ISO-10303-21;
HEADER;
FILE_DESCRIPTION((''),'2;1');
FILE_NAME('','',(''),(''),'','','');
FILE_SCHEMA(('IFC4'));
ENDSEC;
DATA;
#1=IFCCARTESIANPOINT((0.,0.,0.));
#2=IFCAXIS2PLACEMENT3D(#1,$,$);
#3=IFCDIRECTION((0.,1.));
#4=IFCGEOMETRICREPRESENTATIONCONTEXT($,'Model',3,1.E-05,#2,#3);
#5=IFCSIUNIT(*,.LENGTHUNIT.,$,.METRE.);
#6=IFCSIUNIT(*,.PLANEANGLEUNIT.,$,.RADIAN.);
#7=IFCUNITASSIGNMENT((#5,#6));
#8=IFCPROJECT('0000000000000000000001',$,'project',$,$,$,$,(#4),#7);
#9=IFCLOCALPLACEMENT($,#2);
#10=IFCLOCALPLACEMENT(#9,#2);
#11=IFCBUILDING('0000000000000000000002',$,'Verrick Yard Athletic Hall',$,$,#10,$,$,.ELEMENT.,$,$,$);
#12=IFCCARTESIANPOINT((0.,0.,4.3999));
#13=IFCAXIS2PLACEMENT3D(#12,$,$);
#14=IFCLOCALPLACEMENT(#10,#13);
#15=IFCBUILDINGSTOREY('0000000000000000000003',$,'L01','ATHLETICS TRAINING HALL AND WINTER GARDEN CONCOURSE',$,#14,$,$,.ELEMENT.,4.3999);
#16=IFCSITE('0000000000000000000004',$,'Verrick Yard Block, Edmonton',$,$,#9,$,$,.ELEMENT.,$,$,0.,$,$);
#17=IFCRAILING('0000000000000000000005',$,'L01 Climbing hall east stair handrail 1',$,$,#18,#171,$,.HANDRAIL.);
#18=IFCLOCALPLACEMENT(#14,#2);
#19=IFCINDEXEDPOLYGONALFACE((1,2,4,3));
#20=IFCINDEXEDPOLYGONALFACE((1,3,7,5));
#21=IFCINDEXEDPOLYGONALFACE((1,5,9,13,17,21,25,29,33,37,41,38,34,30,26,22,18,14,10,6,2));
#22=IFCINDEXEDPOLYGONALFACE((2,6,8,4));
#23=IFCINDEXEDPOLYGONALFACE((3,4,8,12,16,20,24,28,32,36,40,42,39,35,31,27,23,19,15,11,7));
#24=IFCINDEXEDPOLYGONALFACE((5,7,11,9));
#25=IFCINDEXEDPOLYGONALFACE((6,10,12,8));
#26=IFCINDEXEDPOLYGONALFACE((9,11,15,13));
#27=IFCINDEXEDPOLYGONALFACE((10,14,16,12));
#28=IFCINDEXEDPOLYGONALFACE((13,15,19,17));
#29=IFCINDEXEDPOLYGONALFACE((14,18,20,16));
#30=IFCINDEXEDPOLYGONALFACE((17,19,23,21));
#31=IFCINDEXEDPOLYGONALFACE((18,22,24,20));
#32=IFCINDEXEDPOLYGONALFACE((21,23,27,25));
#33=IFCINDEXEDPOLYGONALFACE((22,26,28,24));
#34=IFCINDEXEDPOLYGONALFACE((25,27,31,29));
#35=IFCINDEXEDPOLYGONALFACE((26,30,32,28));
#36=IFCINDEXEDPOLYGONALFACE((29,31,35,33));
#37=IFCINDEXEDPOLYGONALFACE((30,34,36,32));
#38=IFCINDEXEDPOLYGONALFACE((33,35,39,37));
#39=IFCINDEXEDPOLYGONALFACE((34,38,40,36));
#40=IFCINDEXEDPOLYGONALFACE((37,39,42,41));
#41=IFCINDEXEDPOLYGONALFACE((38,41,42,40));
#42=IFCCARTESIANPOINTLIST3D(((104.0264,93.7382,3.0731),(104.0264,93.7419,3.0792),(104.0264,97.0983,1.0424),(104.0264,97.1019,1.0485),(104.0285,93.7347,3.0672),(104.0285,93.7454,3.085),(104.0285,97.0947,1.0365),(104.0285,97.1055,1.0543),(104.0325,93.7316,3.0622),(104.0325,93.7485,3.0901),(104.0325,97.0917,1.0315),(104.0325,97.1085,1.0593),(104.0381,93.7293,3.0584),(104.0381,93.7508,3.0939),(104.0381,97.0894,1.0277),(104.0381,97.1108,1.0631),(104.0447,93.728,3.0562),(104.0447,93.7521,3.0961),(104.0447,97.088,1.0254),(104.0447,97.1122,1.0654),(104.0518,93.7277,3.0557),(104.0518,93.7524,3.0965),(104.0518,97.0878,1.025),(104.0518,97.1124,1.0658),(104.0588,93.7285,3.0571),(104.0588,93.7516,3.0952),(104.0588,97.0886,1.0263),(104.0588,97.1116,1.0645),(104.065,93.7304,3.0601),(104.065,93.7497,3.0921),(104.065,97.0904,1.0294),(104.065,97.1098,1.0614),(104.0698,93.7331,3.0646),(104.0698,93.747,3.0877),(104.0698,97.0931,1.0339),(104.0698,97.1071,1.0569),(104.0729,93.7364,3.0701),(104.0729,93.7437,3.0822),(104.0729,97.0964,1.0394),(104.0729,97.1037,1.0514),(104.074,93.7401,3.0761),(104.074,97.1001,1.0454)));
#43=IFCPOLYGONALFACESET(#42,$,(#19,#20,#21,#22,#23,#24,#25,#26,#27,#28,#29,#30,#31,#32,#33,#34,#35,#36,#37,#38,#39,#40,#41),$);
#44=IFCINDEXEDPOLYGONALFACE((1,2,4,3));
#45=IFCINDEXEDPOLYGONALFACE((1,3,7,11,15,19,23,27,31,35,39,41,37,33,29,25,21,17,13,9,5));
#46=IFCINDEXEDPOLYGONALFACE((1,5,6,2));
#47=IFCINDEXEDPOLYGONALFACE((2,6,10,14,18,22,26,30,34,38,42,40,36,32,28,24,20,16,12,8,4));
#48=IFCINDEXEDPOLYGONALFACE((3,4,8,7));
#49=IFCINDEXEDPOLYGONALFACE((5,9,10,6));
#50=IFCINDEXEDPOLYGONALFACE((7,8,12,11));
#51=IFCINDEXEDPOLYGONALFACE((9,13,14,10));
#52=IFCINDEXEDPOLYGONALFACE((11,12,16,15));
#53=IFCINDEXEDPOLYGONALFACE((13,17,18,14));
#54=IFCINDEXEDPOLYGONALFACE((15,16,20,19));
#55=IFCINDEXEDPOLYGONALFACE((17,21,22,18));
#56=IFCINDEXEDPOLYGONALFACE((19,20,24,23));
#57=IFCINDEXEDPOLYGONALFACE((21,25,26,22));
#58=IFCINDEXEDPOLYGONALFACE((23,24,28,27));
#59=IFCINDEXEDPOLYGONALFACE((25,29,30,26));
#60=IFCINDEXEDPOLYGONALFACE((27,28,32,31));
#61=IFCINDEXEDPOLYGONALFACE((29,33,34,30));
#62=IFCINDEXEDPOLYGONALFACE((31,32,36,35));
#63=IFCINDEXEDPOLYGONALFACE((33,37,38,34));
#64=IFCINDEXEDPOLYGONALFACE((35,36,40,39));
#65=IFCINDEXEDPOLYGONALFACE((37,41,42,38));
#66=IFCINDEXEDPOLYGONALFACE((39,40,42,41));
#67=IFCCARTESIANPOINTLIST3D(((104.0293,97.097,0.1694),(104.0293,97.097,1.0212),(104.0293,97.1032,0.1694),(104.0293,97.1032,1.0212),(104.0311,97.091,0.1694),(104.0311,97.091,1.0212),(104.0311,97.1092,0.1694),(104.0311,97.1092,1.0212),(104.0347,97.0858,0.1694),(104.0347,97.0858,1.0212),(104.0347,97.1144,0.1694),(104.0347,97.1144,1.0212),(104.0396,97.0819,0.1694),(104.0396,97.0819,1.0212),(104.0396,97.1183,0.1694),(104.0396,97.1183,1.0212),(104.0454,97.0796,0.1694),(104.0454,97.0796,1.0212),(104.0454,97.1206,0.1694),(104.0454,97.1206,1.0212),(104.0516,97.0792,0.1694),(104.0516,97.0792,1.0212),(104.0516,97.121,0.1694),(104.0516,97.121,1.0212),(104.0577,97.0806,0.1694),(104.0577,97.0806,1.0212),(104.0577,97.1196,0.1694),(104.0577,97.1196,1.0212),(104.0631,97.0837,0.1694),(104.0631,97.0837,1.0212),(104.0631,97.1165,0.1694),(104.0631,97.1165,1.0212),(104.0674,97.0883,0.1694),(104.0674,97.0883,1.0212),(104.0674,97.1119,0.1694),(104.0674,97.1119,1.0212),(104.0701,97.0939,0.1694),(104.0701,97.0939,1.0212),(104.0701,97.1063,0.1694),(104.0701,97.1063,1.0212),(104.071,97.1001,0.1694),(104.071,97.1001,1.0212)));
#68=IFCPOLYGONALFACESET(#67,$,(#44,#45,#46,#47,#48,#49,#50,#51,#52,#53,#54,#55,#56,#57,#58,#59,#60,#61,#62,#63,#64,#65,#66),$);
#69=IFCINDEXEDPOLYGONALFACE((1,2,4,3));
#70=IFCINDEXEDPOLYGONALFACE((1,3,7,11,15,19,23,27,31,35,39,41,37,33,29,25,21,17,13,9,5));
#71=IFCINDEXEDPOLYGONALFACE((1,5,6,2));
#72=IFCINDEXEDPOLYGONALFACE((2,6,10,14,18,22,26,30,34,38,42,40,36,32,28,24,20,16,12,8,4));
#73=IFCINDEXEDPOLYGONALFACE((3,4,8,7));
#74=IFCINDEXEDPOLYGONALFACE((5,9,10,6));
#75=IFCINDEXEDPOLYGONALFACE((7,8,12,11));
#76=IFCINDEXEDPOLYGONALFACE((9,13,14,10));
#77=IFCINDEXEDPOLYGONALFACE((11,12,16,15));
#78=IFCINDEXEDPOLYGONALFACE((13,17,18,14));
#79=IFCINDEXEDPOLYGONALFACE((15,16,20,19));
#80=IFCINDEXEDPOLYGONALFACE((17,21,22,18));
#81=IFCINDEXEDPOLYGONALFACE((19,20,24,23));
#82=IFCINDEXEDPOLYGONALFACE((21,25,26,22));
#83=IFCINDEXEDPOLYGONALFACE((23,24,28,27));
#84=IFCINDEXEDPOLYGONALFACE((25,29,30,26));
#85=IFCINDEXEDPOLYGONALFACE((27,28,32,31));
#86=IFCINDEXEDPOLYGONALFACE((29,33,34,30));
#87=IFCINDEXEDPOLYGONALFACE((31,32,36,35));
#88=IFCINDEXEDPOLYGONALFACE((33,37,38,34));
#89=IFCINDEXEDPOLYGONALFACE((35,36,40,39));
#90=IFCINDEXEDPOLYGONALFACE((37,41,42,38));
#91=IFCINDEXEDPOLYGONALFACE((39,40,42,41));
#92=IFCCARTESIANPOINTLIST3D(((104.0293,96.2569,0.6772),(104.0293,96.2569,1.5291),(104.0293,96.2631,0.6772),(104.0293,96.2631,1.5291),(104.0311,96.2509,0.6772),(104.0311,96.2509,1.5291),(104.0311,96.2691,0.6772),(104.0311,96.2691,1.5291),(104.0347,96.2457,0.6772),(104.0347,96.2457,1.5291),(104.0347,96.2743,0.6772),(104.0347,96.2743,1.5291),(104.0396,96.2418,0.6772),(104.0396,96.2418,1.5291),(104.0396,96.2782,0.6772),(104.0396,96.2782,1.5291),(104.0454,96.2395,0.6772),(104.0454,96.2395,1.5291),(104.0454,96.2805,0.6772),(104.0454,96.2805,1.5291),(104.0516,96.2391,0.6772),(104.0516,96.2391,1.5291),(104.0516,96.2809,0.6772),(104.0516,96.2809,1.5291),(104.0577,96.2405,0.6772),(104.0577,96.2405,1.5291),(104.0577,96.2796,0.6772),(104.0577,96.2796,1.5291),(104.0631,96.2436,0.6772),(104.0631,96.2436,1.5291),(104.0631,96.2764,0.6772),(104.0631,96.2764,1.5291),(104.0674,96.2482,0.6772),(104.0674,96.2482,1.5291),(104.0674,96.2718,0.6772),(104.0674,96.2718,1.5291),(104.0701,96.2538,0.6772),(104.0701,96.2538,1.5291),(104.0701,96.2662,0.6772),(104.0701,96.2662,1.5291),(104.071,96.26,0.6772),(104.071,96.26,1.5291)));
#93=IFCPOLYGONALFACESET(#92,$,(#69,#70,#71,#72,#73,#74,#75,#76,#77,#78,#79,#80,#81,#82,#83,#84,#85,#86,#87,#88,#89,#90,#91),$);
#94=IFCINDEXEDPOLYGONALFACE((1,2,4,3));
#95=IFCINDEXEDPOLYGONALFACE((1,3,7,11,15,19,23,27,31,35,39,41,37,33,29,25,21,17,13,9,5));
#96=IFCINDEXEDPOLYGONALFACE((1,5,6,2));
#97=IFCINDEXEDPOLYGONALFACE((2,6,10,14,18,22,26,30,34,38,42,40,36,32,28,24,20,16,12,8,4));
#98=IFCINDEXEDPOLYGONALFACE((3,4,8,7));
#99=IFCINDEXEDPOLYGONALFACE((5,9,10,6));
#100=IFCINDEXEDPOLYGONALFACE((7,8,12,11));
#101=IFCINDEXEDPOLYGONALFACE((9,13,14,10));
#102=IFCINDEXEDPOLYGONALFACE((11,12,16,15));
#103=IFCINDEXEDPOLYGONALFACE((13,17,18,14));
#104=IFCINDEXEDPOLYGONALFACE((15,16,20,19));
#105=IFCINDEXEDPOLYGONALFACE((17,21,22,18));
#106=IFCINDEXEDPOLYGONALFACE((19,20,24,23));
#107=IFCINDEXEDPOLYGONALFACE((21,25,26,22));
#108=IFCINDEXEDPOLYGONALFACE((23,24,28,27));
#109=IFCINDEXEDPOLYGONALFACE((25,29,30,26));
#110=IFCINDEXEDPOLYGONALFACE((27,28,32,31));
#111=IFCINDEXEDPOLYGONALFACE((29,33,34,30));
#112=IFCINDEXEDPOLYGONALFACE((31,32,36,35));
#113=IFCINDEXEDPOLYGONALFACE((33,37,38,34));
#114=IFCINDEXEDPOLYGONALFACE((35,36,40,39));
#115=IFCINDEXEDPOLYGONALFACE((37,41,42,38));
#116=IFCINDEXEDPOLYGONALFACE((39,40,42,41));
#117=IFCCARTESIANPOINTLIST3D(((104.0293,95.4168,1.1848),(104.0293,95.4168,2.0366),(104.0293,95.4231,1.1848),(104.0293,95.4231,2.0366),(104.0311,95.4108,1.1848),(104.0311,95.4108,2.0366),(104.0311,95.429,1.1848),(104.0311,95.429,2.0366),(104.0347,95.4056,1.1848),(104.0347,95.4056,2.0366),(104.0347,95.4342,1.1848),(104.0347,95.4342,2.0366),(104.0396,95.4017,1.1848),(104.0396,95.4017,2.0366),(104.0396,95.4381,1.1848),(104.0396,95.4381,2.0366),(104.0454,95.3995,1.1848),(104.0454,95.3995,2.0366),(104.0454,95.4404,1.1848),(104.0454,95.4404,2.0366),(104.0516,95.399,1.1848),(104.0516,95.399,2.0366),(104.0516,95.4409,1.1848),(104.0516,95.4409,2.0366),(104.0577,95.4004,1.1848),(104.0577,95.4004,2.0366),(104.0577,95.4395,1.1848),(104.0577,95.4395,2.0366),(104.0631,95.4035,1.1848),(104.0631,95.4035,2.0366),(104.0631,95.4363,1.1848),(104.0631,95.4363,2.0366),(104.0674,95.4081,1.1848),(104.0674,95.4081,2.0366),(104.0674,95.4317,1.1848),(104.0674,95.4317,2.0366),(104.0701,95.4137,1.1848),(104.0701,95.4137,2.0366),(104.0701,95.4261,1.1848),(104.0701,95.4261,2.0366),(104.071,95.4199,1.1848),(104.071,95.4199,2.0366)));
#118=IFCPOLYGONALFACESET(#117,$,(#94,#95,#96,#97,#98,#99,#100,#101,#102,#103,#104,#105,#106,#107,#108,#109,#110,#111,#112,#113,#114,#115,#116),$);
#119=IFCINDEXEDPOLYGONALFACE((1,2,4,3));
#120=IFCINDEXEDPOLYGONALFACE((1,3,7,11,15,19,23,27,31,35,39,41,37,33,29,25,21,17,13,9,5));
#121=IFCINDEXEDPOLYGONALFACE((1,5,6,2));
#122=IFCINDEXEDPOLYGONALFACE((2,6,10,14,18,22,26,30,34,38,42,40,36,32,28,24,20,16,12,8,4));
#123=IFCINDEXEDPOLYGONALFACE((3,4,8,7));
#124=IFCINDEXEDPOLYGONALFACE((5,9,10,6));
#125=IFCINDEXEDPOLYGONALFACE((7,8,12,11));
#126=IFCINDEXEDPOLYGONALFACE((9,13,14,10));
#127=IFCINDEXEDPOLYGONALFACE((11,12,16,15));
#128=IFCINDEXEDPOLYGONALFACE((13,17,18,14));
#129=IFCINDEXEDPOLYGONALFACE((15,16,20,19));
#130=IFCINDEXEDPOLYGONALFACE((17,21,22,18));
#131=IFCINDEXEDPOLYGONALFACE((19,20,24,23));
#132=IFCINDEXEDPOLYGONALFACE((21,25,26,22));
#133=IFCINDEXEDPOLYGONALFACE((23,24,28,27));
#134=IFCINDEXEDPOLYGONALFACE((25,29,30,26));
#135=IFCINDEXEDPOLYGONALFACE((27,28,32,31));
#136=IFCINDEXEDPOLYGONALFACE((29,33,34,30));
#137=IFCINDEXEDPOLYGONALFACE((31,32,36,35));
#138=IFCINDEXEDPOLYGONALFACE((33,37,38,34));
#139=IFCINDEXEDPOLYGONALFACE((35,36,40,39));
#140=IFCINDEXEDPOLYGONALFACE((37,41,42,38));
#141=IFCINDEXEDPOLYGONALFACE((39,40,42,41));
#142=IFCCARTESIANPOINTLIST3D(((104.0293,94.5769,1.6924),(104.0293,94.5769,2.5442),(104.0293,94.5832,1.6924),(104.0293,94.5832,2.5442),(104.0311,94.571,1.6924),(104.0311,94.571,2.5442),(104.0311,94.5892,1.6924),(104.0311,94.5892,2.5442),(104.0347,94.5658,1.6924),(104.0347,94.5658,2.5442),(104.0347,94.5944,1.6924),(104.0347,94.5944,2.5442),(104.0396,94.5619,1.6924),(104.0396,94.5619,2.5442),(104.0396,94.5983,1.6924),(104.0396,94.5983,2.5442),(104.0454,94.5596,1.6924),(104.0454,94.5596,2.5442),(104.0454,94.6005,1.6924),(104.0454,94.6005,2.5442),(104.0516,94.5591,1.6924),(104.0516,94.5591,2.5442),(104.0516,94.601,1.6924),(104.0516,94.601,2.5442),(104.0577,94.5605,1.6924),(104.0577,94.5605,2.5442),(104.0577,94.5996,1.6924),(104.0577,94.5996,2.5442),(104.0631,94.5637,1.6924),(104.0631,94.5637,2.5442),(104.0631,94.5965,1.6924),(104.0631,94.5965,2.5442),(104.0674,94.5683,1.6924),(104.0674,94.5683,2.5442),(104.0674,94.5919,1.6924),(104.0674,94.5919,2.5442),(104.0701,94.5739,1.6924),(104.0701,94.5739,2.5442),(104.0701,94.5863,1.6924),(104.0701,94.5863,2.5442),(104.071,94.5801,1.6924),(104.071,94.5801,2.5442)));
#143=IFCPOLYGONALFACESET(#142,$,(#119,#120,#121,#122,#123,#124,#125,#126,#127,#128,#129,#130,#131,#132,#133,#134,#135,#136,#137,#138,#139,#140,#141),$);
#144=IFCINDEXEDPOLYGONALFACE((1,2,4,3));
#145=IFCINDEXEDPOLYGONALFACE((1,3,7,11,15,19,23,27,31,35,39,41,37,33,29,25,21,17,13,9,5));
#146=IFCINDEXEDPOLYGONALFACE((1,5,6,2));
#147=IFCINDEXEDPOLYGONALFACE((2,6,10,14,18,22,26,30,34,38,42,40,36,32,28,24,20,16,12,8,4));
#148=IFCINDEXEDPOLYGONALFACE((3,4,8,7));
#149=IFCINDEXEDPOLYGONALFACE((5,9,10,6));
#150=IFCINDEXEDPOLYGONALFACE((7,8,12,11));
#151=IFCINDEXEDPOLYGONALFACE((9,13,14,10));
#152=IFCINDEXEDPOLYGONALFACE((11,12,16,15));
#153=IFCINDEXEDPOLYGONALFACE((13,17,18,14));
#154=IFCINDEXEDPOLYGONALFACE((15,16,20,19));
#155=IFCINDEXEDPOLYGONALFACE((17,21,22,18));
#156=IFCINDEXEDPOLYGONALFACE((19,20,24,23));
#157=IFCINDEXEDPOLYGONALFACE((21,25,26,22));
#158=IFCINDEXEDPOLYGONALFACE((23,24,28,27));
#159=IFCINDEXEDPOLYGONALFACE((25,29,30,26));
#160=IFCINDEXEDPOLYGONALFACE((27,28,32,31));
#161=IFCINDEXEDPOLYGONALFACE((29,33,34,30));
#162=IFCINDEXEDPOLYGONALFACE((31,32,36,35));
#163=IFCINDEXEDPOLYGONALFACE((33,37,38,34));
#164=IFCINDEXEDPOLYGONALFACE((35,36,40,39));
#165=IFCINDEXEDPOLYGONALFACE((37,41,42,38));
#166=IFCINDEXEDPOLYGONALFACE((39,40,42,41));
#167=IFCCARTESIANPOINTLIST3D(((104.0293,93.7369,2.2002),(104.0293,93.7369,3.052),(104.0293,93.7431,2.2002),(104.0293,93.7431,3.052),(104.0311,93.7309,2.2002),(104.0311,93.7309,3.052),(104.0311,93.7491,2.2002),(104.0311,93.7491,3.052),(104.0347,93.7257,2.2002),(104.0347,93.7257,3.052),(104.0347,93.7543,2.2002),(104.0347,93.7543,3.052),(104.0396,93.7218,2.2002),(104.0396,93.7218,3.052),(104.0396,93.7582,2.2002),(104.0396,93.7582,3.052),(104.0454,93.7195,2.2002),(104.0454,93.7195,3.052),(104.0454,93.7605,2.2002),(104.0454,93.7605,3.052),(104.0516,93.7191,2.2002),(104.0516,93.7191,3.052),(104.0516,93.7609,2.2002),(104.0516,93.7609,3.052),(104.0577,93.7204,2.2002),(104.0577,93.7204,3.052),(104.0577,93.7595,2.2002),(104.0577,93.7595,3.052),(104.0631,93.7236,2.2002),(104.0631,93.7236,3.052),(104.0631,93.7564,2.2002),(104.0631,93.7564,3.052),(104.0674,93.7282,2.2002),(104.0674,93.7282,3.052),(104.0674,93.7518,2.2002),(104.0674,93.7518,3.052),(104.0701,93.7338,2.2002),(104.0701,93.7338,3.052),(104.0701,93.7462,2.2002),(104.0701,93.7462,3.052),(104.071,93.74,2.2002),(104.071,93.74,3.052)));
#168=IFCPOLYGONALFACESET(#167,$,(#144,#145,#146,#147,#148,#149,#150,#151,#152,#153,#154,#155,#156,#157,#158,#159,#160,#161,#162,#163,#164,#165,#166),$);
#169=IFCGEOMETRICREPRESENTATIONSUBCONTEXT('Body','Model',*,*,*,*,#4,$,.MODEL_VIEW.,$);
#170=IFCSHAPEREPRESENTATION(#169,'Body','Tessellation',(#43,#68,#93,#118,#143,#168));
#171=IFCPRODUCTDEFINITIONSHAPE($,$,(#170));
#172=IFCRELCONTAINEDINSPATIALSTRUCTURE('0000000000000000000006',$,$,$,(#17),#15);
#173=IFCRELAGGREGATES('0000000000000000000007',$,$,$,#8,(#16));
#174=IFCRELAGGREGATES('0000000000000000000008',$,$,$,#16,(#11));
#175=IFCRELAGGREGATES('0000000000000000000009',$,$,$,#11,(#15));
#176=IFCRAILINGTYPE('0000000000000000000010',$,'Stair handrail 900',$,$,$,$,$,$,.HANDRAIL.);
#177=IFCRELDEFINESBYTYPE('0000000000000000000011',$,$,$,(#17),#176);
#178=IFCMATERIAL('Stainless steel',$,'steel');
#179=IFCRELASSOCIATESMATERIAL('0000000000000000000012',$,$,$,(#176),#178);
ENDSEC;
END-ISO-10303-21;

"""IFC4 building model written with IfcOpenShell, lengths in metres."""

from ifc_helpers import new_model, si_unit, direction, frame, origin, origin_2d, place, context, subcontext, project, spatial, circle, extrude, material, type_object, element, save


model = new_model("IFC4")

# Units and contexts
model_context = context("Model", 3, precision=1e-05, world=origin(), true_north=direction((0.0, 1.0)))
body_context = subcontext(model_context, "Body", "Model", "MODEL_VIEW")
ifc_project = project(units=[si_unit("LENGTHUNIT", "METRE"), si_unit("PLANEANGLEUNIT", "RADIAN")], contexts=[model_context])

# Site, building, storey
site_placement = place(None, origin())
site = spatial("IfcSite", under=ifc_project, at=site_placement, Name="Verrick Yard Block, Edmonton", CompositionType="ELEMENT", RefElevation=0.0)
building_placement = place(site_placement, origin())
building = spatial("IfcBuilding", under=site, at=building_placement, Name="Verrick Yard Athletic Hall", CompositionType="ELEMENT")
storey_placement = place(building_placement, frame((0.0, 0.0, 4.3999)))
storey = spatial("IfcBuildingStorey", under=building, at=storey_placement, Name="L01", Description="ATHLETICS TRAINING HALL AND WINTER GARDEN CONCOURSE", CompositionType="ELEMENT", Elevation=4.3999)

# Railing
ifc_material_1 = material(Name="Stainless steel", Category="steel")
railing_type_1 = type_object("IfcRailingType", Name="Stair handrail 900", PredefinedType="HANDRAIL", material=ifc_material_1)
railing_1_placement = place(storey_placement, frame((104.05, 97.1001, 0.1694)))
element("IfcRailing", 1, at=railing_1_placement, inside=storey, type_object=railing_type_1, Name="L01 Climbing hall east stair handrail 1", PredefinedType="HANDRAIL", context=body_context, shape_type="SweptSolid", body=[
    extrude(circle(Radius=0.0239, at=origin_2d()), frame((0.0, 0.0, 0.876), z_axis=(0.0, -0.855837, 0.517246), x_axis=(1.0, 0.0, 0.0)), (0.0, 0.0, 1.0), 3.926),
    extrude(circle(Radius=0.021, at=origin_2d()), origin(), (0.0, 0.0, 1.0), 0.8518),
    extrude(circle(Radius=0.021, at=origin_2d()), frame((0.0, -0.8401, 0.5078)), (0.0, 0.0, 1.0), 0.8518),
    extrude(circle(Radius=0.021, at=origin_2d()), frame((0.0, -1.6802, 1.0154)), (0.0, 0.0, 1.0), 0.8518),
    extrude(circle(Radius=0.021, at=origin_2d()), frame((0.0, -2.52, 1.5229)), (0.0, 0.0, 1.0), 0.8518),
    extrude(circle(Radius=0.021, at=origin_2d()), frame((0.0, -3.3601, 2.0308)), (0.0, 0.0, 1.0), 0.8518),
])

save(model, "model.ifc")
